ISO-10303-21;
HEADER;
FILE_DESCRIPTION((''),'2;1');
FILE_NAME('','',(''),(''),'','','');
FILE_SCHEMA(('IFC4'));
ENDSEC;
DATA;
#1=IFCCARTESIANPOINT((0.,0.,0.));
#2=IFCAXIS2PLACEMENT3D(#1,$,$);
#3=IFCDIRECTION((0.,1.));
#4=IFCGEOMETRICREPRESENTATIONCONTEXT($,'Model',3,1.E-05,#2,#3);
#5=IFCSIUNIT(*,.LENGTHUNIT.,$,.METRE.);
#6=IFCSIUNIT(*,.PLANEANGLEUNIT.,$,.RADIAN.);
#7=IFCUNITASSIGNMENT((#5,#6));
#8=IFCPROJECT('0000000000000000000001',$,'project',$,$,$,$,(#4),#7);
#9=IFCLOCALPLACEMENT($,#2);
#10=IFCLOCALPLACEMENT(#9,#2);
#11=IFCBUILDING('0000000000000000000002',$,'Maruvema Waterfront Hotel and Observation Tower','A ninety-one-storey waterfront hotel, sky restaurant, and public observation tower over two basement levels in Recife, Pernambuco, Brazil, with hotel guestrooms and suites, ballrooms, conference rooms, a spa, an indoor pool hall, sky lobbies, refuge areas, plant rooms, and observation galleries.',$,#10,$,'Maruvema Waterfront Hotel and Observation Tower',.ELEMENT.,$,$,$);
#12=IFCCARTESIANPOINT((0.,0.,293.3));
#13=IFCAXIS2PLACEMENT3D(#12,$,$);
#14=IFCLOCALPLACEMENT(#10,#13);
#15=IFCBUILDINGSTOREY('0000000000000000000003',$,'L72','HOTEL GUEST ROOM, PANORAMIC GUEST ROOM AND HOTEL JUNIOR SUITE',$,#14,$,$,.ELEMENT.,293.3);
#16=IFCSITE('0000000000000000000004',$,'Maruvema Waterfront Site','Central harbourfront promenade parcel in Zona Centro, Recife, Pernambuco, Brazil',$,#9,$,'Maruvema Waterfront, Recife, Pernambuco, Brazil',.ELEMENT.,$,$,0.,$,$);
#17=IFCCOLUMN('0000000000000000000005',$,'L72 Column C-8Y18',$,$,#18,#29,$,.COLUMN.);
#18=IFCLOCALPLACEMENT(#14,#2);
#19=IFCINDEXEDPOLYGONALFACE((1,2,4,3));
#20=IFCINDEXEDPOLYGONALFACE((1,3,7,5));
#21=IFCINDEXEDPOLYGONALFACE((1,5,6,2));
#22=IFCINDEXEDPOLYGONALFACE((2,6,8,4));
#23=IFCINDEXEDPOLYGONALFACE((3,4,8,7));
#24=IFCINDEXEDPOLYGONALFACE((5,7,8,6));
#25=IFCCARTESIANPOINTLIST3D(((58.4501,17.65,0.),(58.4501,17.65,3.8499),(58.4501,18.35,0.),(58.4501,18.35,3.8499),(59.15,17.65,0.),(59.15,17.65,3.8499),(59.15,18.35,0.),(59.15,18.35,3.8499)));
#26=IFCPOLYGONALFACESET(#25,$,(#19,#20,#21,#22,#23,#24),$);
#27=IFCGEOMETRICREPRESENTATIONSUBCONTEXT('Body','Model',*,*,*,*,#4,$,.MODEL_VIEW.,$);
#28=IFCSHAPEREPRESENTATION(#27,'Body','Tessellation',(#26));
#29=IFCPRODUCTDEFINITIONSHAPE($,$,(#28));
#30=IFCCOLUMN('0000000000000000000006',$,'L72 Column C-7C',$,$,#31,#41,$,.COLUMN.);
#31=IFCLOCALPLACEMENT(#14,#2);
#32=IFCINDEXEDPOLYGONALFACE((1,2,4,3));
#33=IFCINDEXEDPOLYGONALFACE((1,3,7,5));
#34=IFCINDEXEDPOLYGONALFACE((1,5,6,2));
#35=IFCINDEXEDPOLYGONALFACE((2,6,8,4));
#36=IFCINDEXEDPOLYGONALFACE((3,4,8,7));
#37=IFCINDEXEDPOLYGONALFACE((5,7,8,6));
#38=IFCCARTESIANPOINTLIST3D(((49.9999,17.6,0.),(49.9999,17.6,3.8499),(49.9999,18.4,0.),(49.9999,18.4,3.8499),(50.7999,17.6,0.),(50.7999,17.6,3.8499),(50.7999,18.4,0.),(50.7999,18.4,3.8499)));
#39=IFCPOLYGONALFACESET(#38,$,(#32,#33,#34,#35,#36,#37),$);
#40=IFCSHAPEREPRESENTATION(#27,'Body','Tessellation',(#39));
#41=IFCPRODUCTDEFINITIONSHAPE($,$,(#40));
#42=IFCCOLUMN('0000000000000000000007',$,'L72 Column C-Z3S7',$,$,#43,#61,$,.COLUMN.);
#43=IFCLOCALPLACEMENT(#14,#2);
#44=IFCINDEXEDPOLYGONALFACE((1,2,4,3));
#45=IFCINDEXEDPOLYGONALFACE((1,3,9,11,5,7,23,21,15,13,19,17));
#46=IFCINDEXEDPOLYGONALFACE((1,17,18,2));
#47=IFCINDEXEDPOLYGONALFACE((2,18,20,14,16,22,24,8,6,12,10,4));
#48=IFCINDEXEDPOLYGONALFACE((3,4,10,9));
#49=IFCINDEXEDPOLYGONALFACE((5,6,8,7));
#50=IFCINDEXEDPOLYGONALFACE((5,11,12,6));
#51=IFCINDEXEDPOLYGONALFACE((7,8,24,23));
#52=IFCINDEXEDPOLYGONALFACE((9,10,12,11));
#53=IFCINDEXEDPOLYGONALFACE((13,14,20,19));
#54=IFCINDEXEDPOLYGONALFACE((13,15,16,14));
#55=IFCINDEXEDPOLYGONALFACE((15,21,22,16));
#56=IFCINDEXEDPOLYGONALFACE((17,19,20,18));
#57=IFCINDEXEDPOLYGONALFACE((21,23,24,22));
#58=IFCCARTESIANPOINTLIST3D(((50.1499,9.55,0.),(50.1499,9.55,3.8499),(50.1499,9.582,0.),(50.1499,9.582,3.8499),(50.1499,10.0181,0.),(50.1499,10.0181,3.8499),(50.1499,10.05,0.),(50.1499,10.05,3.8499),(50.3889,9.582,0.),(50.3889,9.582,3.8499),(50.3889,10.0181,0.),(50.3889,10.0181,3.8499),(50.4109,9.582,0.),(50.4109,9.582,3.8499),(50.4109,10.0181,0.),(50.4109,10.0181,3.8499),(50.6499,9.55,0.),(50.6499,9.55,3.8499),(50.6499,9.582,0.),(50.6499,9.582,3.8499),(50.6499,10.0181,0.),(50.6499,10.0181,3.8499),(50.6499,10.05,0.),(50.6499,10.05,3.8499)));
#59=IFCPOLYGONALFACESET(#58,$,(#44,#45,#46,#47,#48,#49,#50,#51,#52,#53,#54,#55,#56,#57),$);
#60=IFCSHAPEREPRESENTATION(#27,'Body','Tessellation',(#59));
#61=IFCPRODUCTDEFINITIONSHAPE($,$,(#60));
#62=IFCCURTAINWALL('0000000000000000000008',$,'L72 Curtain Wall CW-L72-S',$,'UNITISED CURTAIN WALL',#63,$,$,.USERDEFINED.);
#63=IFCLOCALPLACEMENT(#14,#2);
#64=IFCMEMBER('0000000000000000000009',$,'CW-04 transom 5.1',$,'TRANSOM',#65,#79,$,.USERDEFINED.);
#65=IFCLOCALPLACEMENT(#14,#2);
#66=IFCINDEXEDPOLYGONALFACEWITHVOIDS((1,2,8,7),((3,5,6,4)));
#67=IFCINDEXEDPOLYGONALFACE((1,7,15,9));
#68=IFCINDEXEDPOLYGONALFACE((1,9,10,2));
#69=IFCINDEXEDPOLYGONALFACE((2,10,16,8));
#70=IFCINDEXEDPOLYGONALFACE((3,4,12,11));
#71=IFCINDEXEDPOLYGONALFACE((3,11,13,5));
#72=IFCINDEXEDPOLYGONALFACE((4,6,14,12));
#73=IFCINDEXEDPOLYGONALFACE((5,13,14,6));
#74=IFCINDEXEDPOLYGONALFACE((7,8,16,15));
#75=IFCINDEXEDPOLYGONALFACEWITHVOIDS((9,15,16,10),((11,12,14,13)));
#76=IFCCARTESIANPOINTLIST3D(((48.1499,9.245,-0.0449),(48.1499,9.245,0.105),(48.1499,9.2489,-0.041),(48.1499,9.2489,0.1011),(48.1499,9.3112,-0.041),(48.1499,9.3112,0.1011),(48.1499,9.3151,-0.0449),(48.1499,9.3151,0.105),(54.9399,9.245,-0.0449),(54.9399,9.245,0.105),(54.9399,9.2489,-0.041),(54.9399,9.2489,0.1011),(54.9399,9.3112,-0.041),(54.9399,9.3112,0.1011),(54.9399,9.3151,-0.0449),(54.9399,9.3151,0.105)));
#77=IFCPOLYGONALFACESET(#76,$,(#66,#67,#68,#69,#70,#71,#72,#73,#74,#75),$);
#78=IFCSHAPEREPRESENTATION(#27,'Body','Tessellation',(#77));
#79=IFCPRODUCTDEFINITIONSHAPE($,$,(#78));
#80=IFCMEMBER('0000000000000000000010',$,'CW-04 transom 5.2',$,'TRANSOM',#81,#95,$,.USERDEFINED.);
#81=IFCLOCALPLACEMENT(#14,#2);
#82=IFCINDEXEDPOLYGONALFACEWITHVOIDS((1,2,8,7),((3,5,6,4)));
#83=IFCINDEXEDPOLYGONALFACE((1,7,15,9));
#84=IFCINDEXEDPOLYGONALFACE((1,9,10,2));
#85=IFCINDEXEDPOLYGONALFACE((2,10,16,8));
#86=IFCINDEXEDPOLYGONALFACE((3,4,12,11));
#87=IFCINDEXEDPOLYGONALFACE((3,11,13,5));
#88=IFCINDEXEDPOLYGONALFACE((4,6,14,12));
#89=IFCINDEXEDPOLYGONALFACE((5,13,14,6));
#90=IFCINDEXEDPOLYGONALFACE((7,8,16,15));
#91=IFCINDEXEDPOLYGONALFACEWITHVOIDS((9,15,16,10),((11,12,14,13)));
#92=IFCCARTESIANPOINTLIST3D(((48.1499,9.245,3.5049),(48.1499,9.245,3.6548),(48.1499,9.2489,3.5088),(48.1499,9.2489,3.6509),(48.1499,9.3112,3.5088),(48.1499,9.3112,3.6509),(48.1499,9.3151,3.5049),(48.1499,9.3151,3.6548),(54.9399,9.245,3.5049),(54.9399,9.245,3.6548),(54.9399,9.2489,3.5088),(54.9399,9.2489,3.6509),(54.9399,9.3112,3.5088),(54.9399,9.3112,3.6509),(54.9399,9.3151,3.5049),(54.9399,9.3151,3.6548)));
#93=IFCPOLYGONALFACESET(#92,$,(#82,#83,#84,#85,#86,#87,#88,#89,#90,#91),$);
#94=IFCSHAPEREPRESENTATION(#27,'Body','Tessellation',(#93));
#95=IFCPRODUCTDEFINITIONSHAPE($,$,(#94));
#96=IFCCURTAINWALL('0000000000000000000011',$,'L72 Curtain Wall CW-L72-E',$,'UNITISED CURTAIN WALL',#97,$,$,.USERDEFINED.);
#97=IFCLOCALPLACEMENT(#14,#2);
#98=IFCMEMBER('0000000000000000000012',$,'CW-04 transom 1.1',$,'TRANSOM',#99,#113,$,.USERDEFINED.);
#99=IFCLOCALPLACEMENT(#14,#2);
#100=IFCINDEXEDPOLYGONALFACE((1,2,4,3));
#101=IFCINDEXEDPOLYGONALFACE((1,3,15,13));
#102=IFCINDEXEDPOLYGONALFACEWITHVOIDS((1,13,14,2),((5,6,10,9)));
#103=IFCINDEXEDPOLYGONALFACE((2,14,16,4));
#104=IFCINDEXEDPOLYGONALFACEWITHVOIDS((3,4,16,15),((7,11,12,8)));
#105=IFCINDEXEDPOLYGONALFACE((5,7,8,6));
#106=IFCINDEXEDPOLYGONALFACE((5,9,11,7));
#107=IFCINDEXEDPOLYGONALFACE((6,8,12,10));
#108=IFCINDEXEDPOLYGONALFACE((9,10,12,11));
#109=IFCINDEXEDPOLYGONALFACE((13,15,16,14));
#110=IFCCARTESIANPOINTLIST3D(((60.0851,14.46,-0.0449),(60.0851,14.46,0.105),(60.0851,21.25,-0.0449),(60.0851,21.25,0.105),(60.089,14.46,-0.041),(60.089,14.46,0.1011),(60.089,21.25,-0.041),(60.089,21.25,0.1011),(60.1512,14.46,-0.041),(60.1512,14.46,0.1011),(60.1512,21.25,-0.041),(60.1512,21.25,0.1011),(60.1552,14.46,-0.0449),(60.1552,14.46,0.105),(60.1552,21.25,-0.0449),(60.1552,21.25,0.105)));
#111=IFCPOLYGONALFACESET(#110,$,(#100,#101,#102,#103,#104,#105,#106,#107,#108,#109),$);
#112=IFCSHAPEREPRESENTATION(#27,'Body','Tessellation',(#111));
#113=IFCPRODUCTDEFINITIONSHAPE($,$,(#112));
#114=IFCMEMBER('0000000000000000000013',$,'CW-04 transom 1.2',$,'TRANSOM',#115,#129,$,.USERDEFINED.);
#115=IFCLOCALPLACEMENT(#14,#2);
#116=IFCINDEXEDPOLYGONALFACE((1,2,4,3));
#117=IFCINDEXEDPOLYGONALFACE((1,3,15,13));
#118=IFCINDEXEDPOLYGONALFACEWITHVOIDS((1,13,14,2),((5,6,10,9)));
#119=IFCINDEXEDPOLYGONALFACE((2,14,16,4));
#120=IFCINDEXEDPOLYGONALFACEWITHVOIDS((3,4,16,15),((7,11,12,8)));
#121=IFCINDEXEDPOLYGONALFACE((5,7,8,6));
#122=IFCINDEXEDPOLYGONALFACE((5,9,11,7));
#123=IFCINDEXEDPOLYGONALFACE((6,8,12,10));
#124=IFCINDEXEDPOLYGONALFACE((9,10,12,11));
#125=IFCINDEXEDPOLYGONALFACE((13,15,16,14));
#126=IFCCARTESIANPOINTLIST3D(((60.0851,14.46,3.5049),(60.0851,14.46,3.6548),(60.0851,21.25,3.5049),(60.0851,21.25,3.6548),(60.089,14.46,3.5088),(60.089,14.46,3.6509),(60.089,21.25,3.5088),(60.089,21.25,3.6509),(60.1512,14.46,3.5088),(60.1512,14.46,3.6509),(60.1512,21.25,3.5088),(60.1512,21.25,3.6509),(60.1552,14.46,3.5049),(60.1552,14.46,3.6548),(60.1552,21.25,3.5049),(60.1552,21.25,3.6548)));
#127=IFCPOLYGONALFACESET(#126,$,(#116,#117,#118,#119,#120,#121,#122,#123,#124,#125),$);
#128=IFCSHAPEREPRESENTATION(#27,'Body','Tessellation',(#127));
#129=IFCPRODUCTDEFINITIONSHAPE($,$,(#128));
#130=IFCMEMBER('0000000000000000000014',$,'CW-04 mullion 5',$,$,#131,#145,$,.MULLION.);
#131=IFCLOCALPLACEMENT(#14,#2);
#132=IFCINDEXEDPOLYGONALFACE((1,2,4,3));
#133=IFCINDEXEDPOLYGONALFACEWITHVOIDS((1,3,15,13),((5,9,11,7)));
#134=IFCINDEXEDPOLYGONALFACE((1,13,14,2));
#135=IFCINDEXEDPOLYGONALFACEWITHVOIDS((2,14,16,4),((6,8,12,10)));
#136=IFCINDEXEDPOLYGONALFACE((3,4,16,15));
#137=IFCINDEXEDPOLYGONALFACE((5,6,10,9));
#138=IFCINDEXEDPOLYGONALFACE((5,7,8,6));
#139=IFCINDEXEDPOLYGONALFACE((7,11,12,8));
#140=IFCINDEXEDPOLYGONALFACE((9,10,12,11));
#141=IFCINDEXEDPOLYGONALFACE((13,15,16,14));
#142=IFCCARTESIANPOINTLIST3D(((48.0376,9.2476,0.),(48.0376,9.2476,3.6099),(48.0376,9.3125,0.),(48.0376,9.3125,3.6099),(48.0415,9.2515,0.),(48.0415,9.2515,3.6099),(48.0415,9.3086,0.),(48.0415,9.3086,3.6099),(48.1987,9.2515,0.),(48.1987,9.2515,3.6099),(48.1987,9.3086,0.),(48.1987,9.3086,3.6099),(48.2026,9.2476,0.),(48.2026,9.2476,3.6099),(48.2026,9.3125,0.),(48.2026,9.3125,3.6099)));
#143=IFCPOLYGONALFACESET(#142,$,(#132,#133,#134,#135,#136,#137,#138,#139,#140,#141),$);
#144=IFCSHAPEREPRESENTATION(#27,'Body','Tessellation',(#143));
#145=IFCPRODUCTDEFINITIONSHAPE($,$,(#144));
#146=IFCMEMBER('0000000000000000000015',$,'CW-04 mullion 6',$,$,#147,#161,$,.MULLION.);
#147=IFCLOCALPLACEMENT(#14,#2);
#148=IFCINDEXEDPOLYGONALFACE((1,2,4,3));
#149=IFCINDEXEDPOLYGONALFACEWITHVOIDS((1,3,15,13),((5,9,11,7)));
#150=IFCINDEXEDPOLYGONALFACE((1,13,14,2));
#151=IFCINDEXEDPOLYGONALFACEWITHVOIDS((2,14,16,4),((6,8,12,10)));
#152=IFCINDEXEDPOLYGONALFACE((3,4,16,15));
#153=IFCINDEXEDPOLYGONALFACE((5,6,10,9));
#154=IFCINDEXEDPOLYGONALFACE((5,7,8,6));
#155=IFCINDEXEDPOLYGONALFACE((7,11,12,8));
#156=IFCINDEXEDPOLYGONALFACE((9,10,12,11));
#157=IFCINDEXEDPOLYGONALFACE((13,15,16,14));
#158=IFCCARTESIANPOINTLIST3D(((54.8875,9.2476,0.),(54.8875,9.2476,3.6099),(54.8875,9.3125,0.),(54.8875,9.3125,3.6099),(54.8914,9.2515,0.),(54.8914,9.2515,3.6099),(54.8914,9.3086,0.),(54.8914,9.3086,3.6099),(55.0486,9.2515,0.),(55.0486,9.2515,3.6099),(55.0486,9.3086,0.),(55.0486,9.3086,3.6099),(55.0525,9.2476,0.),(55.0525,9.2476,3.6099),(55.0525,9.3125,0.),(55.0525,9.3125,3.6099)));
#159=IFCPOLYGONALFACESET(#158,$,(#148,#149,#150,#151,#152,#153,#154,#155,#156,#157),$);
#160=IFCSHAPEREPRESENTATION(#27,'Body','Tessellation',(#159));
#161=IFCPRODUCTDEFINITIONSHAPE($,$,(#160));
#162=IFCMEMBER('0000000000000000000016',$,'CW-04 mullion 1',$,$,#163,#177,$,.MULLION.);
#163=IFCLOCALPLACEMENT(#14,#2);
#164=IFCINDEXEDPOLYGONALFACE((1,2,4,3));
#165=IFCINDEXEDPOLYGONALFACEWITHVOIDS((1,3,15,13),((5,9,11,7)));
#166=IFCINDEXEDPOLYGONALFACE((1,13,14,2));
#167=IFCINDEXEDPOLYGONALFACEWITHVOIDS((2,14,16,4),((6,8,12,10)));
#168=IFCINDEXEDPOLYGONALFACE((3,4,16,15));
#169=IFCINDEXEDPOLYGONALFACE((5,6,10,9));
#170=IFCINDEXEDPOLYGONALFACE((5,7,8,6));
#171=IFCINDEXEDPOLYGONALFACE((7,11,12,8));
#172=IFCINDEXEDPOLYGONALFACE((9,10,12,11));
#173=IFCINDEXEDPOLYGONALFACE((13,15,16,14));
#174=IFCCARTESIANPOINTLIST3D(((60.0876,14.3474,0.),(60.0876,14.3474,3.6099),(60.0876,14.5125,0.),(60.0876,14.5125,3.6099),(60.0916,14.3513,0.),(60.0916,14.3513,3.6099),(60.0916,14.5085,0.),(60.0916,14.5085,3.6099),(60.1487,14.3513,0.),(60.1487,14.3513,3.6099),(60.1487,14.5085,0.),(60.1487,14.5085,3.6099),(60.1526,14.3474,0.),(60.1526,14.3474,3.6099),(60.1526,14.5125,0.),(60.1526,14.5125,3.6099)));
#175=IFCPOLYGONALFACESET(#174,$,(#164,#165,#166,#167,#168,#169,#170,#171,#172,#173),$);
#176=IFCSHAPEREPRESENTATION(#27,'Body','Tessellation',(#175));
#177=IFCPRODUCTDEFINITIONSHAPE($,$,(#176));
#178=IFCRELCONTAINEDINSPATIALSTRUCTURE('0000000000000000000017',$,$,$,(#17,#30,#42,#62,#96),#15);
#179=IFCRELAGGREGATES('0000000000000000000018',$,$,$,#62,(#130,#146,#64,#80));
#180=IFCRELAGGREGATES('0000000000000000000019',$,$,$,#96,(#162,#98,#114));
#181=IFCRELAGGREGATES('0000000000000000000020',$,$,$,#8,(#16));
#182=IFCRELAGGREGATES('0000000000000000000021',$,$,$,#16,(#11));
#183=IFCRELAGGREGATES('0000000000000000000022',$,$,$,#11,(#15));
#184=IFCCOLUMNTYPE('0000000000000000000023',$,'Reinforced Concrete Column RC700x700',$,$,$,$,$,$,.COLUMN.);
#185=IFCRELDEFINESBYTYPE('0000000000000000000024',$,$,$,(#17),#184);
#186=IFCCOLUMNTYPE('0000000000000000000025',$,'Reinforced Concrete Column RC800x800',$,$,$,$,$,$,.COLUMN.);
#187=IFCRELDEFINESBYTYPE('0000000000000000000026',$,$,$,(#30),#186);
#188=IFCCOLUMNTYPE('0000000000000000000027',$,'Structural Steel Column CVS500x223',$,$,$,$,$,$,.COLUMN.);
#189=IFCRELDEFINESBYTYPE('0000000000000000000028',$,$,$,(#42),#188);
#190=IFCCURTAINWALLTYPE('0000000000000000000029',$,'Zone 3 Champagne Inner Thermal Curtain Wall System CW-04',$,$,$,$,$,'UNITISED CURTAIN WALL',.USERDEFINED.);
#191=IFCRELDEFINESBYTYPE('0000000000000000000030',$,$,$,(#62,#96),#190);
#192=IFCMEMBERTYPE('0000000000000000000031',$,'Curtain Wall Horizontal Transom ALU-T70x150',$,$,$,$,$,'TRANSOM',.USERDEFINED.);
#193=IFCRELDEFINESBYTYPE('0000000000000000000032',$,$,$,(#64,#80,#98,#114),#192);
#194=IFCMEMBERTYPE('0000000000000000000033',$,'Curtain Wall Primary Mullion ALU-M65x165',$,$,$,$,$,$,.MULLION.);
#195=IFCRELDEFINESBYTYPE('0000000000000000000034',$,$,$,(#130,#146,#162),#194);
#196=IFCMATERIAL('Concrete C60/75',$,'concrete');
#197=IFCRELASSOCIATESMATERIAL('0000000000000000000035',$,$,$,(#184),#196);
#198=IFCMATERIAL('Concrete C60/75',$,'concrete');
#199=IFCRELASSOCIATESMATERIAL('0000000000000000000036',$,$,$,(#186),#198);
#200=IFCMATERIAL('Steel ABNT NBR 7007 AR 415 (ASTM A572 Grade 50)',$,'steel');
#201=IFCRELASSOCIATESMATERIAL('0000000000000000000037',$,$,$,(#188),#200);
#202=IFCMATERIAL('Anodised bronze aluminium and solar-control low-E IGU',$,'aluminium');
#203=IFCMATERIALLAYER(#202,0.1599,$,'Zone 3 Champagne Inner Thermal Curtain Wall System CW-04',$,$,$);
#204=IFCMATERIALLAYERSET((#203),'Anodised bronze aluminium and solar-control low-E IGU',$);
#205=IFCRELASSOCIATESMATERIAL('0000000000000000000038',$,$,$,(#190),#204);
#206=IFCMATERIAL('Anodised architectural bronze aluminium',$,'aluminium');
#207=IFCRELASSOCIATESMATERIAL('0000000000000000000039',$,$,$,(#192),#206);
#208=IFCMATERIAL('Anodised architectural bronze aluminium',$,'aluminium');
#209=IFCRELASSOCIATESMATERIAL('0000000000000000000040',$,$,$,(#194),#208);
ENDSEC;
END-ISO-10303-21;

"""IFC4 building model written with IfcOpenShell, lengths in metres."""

from ifc_helpers import new_model, si_unit, direction, frame, origin, origin_2d, place, context, subcontext, project, spatial, rectangle, hollow_rectangle, i_section, extrude, material, layer, layer_set, material_profile, profile_set, type_object, element, aggregate, save


model = new_model("IFC4")

# Units and contexts
model_context = context("Model", 3, precision=1e-05, world=origin(), true_north=direction((0.0, 1.0)))
body_context = subcontext(model_context, "Body", "Model", "MODEL_VIEW")
ifc_project = project(units=[si_unit("LENGTHUNIT", "METRE"), si_unit("PLANEANGLEUNIT", "RADIAN")], contexts=[model_context])

# Site, building, storey
site_placement = place(None, origin())
site = spatial("IfcSite", under=ifc_project, at=site_placement, Name="Maruvema Waterfront Site", Description="Central harbourfront promenade parcel in Zona Centro, Recife, Pernambuco, Brazil", LongName="Maruvema Waterfront, Recife, Pernambuco, Brazil", CompositionType="ELEMENT", RefElevation=0.0)
building_placement = place(site_placement, origin())
building = spatial("IfcBuilding", under=site, at=building_placement, Name="Maruvema Waterfront Hotel and Observation Tower", Description="A ninety-one-storey waterfront hotel, sky restaurant, and public observation tower over two basement levels in Recife, Pernambuco, Brazil, with hotel guestrooms and suites, ballrooms, conference rooms, a spa, an indoor pool hall, sky lobbies, refuge areas, plant rooms, and observation galleries.", LongName="Maruvema Waterfront Hotel and Observation Tower", CompositionType="ELEMENT")
storey_placement = place(building_placement, frame((0.0, 0.0, 293.3)))
storey = spatial("IfcBuildingStorey", under=building, at=storey_placement, Name="L72", Description="HOTEL GUEST ROOM, PANORAMIC GUEST ROOM AND HOTEL JUNIOR SUITE", CompositionType="ELEMENT", Elevation=293.3)

# Columns
ifc_material_1 = material(Name="Concrete C60/75", Category="concrete")
ifc_material_profile_1 = material_profile(ifc_material_1, rectangle(XDim=0.7, YDim=0.7, at=origin_2d()), Name="RC700x700")
ifc_profile_set_1 = profile_set([ifc_material_profile_1], Name="Concrete C60/75")
column_type_1 = type_object("IfcColumnType", Name="Reinforced Concrete Column RC700x700", PredefinedType="COLUMN", material=ifc_profile_set_1)
column_1_placement = place(storey_placement, frame((58.8, 18.0, 0.0), z_axis=(0.0, 0.0, 1.0), x_axis=(1.0, 0.0, 0.0)))
element("IfcColumn", 1, at=column_1_placement, inside=storey, type_object=column_type_1, Name="L72 Column C-8Y18", PredefinedType="COLUMN", context=body_context, shape_type="SweptSolid", body=[
    extrude(rectangle(XDim=0.7, YDim=0.7, at=origin_2d()), origin(), (0.0, 0.0, 1.0), 3.8499),
])
ifc_material_2 = material(Name="Concrete C60/75", Category="concrete")
ifc_material_profile_2 = material_profile(ifc_material_2, rectangle(XDim=0.8, YDim=0.8, at=origin_2d()), Name="RC800x800")
ifc_profile_set_2 = profile_set([ifc_material_profile_2], Name="Concrete C60/75")
column_type_2 = type_object("IfcColumnType", Name="Reinforced Concrete Column RC800x800", PredefinedType="COLUMN", material=ifc_profile_set_2)
column_2_placement = place(storey_placement, frame((50.3999, 18.0, 0.0), z_axis=(0.0, 0.0, 1.0), x_axis=(1.0, 0.0, 0.0)))
element("IfcColumn", 2, at=column_2_placement, inside=storey, type_object=column_type_2, Name="L72 Column C-7C", PredefinedType="COLUMN", context=body_context, shape_type="SweptSolid", body=[
    extrude(rectangle(XDim=0.8, YDim=0.8, at=origin_2d()), origin(), (0.0, 0.0, 1.0), 3.8499),
])
ifc_material_3 = material(Name="Steel ABNT NBR 7007 AR 415 (ASTM A572 Grade 50)", Category="steel")
ifc_material_profile_3 = material_profile(ifc_material_3, i_section(OverallWidth=0.5, OverallDepth=0.5, WebThickness=0.022, FlangeThickness=0.032, at=origin_2d()), Name="CVS500x223")
ifc_profile_set_3 = profile_set([ifc_material_profile_3], Name="Steel ABNT NBR 7007 AR 415 (ASTM A572 Grade 50)")
column_type_3 = type_object("IfcColumnType", Name="Structural Steel Column CVS500x223", PredefinedType="COLUMN", material=ifc_profile_set_3)
column_3_placement = place(storey_placement, frame((50.3999, 9.8, 0.0), z_axis=(0.0, 0.0, 1.0), x_axis=(1.0, 0.0, 0.0)))
element("IfcColumn", 3, at=column_3_placement, inside=storey, type_object=column_type_3, Name="L72 Column C-Z3S7", PredefinedType="COLUMN", context=body_context, shape_type="SweptSolid", body=[
    extrude(i_section(OverallWidth=0.5, OverallDepth=0.5, WebThickness=0.022, FlangeThickness=0.032, at=origin_2d()), origin(), (0.0, 0.0, 1.0), 3.8499),
])

# Curtain walls, members
ifc_material_4 = material(Name="Anodised bronze aluminium and solar-control low-E IGU", Category="aluminium")
ifc_layer_1 = layer(ifc_material_4, 0.1599, Name="Zone 3 Champagne Inner Thermal Curtain Wall System CW-04")
ifc_layer_set_1 = layer_set([ifc_layer_1], Name="Anodised bronze aluminium and solar-control low-E IGU")
curtain_wall_type = type_object("IfcCurtainWallType", Name="Zone 3 Champagne Inner Thermal Curtain Wall System CW-04", ElementType="UNITISED CURTAIN WALL", PredefinedType="USERDEFINED", material=ifc_layer_set_1)
curtain_wall_1_placement = place(storey_placement, origin())
curtain_wall_1 = element("IfcCurtainWall", 4, at=curtain_wall_1_placement, inside=storey, type_object=curtain_wall_type, Name="L72 Curtain Wall CW-L72-S", ObjectType="UNITISED CURTAIN WALL", PredefinedType="USERDEFINED")
ifc_material_5 = material(Name="Anodised architectural bronze aluminium", Category="aluminium")
ifc_material_profile_4 = material_profile(ifc_material_5, hollow_rectangle(XDim=0.0701, YDim=0.1499, WallThickness=0.0039, at=origin_2d()), Name="ALU-T70x150")
ifc_profile_set_4 = profile_set([ifc_material_profile_4], Name="Anodised architectural bronze aluminium")
member_type_1 = type_object("IfcMemberType", Name="Curtain Wall Horizontal Transom ALU-T70x150", ElementType="TRANSOM", PredefinedType="USERDEFINED", material=ifc_profile_set_4)
member_1_placement = place(storey_placement, frame((48.1499, 9.28, 0.03), z_axis=(1.0, 0.0, 0.0), x_axis=(0.0, 1.0, 0.0)))
member_1 = element("IfcMember", 5, at=member_1_placement, type_object=member_type_1, Name="CW-04 transom 5.1", ObjectType="TRANSOM", PredefinedType="USERDEFINED", context=body_context, shape_type="SweptSolid", body=[
    extrude(hollow_rectangle(XDim=0.0701, YDim=0.1499, WallThickness=0.0039, at=origin_2d()), origin(), (0.0, 0.0, 1.0), 6.79),
])
member_2_placement = place(storey_placement, frame((48.1499, 9.28, 3.5798), z_axis=(1.0, 0.0, 0.0), x_axis=(0.0, 1.0, 0.0)))
member_2 = element("IfcMember", 6, at=member_2_placement, type_object=member_type_1, Name="CW-04 transom 5.2", ObjectType="TRANSOM", PredefinedType="USERDEFINED", context=body_context, shape_type="SweptSolid", body=[
    extrude(hollow_rectangle(XDim=0.0701, YDim=0.1499, WallThickness=0.0039, at=origin_2d()), origin(), (0.0, 0.0, 1.0), 6.79),
])
curtain_wall_2_placement = place(storey_placement, origin())
curtain_wall_2 = element("IfcCurtainWall", 7, at=curtain_wall_2_placement, inside=storey, type_object=curtain_wall_type, Name="L72 Curtain Wall CW-L72-E", ObjectType="UNITISED CURTAIN WALL", PredefinedType="USERDEFINED")
member_3_placement = place(storey_placement, frame((60.1201, 14.46, 0.03), z_axis=(0.0, 1.0, 0.0), x_axis=(-1.0, 0.0, 0.0)))
member_3 = element("IfcMember", 8, at=member_3_placement, type_object=member_type_1, Name="CW-04 transom 1.1", ObjectType="TRANSOM", PredefinedType="USERDEFINED", context=body_context, shape_type="SweptSolid", body=[
    extrude(hollow_rectangle(XDim=0.0701, YDim=0.1499, WallThickness=0.0039, at=origin_2d()), origin(), (0.0, 0.0, 1.0), 6.79),
])
member_4_placement = place(storey_placement, frame((60.1201, 14.46, 3.5798), z_axis=(0.0, 1.0, 0.0), x_axis=(-1.0, 0.0, 0.0)))
member_4 = element("IfcMember", 9, at=member_4_placement, type_object=member_type_1, Name="CW-04 transom 1.2", ObjectType="TRANSOM", PredefinedType="USERDEFINED", context=body_context, shape_type="SweptSolid", body=[
    extrude(hollow_rectangle(XDim=0.0701, YDim=0.1499, WallThickness=0.0039, at=origin_2d()), origin(), (0.0, 0.0, 1.0), 6.79),
])

# Members
ifc_material_6 = material(Name="Anodised architectural bronze aluminium", Category="aluminium")
ifc_material_profile_5 = material_profile(ifc_material_6, hollow_rectangle(XDim=0.0649, YDim=0.165, WallThickness=0.0039, at=origin_2d()), Name="ALU-M65x165")
ifc_profile_set_5 = profile_set([ifc_material_profile_5], Name="Anodised architectural bronze aluminium")
member_type_2 = type_object("IfcMemberType", Name="Curtain Wall Primary Mullion ALU-M65x165", PredefinedType="MULLION", material=ifc_profile_set_5)
member_5_placement = place(storey_placement, frame((48.1201, 9.28, 0.0), z_axis=(0.0, 0.0, 1.0), x_axis=(0.0, 1.0, 0.0)))
member_5 = element("IfcMember", 10, at=member_5_placement, type_object=member_type_2, Name="CW-04 mullion 5", PredefinedType="MULLION", context=body_context, shape_type="SweptSolid", body=[
    extrude(hollow_rectangle(XDim=0.0649, YDim=0.165, WallThickness=0.0039, at=origin_2d()), origin(), (0.0, 0.0, 1.0), 3.6099),
])
member_6_placement = place(storey_placement, frame((54.97, 9.28, 0.0), z_axis=(0.0, 0.0, 1.0), x_axis=(0.0, 1.0, 0.0)))
member_6 = element("IfcMember", 11, at=member_6_placement, type_object=member_type_2, Name="CW-04 mullion 6", PredefinedType="MULLION", context=body_context, shape_type="SweptSolid", body=[
    extrude(hollow_rectangle(XDim=0.0649, YDim=0.165, WallThickness=0.0039, at=origin_2d()), origin(), (0.0, 0.0, 1.0), 3.6099),
])
member_7_placement = place(storey_placement, frame((60.1201, 14.4299, 0.0), z_axis=(0.0, 0.0, 1.0), x_axis=(-1.0, 0.0, 0.0)))
member_7 = element("IfcMember", 12, at=member_7_placement, type_object=member_type_2, Name="CW-04 mullion 1", PredefinedType="MULLION", context=body_context, shape_type="SweptSolid", body=[
    extrude(hollow_rectangle(XDim=0.0649, YDim=0.165, WallThickness=0.0039, at=origin_2d()), origin(), (0.0, 0.0, 1.0), 3.6099),
])

aggregate(curtain_wall_1, [member_5, member_6, member_1, member_2])
aggregate(curtain_wall_2, [member_7, member_3, member_4])

save(model, "model.ifc")
